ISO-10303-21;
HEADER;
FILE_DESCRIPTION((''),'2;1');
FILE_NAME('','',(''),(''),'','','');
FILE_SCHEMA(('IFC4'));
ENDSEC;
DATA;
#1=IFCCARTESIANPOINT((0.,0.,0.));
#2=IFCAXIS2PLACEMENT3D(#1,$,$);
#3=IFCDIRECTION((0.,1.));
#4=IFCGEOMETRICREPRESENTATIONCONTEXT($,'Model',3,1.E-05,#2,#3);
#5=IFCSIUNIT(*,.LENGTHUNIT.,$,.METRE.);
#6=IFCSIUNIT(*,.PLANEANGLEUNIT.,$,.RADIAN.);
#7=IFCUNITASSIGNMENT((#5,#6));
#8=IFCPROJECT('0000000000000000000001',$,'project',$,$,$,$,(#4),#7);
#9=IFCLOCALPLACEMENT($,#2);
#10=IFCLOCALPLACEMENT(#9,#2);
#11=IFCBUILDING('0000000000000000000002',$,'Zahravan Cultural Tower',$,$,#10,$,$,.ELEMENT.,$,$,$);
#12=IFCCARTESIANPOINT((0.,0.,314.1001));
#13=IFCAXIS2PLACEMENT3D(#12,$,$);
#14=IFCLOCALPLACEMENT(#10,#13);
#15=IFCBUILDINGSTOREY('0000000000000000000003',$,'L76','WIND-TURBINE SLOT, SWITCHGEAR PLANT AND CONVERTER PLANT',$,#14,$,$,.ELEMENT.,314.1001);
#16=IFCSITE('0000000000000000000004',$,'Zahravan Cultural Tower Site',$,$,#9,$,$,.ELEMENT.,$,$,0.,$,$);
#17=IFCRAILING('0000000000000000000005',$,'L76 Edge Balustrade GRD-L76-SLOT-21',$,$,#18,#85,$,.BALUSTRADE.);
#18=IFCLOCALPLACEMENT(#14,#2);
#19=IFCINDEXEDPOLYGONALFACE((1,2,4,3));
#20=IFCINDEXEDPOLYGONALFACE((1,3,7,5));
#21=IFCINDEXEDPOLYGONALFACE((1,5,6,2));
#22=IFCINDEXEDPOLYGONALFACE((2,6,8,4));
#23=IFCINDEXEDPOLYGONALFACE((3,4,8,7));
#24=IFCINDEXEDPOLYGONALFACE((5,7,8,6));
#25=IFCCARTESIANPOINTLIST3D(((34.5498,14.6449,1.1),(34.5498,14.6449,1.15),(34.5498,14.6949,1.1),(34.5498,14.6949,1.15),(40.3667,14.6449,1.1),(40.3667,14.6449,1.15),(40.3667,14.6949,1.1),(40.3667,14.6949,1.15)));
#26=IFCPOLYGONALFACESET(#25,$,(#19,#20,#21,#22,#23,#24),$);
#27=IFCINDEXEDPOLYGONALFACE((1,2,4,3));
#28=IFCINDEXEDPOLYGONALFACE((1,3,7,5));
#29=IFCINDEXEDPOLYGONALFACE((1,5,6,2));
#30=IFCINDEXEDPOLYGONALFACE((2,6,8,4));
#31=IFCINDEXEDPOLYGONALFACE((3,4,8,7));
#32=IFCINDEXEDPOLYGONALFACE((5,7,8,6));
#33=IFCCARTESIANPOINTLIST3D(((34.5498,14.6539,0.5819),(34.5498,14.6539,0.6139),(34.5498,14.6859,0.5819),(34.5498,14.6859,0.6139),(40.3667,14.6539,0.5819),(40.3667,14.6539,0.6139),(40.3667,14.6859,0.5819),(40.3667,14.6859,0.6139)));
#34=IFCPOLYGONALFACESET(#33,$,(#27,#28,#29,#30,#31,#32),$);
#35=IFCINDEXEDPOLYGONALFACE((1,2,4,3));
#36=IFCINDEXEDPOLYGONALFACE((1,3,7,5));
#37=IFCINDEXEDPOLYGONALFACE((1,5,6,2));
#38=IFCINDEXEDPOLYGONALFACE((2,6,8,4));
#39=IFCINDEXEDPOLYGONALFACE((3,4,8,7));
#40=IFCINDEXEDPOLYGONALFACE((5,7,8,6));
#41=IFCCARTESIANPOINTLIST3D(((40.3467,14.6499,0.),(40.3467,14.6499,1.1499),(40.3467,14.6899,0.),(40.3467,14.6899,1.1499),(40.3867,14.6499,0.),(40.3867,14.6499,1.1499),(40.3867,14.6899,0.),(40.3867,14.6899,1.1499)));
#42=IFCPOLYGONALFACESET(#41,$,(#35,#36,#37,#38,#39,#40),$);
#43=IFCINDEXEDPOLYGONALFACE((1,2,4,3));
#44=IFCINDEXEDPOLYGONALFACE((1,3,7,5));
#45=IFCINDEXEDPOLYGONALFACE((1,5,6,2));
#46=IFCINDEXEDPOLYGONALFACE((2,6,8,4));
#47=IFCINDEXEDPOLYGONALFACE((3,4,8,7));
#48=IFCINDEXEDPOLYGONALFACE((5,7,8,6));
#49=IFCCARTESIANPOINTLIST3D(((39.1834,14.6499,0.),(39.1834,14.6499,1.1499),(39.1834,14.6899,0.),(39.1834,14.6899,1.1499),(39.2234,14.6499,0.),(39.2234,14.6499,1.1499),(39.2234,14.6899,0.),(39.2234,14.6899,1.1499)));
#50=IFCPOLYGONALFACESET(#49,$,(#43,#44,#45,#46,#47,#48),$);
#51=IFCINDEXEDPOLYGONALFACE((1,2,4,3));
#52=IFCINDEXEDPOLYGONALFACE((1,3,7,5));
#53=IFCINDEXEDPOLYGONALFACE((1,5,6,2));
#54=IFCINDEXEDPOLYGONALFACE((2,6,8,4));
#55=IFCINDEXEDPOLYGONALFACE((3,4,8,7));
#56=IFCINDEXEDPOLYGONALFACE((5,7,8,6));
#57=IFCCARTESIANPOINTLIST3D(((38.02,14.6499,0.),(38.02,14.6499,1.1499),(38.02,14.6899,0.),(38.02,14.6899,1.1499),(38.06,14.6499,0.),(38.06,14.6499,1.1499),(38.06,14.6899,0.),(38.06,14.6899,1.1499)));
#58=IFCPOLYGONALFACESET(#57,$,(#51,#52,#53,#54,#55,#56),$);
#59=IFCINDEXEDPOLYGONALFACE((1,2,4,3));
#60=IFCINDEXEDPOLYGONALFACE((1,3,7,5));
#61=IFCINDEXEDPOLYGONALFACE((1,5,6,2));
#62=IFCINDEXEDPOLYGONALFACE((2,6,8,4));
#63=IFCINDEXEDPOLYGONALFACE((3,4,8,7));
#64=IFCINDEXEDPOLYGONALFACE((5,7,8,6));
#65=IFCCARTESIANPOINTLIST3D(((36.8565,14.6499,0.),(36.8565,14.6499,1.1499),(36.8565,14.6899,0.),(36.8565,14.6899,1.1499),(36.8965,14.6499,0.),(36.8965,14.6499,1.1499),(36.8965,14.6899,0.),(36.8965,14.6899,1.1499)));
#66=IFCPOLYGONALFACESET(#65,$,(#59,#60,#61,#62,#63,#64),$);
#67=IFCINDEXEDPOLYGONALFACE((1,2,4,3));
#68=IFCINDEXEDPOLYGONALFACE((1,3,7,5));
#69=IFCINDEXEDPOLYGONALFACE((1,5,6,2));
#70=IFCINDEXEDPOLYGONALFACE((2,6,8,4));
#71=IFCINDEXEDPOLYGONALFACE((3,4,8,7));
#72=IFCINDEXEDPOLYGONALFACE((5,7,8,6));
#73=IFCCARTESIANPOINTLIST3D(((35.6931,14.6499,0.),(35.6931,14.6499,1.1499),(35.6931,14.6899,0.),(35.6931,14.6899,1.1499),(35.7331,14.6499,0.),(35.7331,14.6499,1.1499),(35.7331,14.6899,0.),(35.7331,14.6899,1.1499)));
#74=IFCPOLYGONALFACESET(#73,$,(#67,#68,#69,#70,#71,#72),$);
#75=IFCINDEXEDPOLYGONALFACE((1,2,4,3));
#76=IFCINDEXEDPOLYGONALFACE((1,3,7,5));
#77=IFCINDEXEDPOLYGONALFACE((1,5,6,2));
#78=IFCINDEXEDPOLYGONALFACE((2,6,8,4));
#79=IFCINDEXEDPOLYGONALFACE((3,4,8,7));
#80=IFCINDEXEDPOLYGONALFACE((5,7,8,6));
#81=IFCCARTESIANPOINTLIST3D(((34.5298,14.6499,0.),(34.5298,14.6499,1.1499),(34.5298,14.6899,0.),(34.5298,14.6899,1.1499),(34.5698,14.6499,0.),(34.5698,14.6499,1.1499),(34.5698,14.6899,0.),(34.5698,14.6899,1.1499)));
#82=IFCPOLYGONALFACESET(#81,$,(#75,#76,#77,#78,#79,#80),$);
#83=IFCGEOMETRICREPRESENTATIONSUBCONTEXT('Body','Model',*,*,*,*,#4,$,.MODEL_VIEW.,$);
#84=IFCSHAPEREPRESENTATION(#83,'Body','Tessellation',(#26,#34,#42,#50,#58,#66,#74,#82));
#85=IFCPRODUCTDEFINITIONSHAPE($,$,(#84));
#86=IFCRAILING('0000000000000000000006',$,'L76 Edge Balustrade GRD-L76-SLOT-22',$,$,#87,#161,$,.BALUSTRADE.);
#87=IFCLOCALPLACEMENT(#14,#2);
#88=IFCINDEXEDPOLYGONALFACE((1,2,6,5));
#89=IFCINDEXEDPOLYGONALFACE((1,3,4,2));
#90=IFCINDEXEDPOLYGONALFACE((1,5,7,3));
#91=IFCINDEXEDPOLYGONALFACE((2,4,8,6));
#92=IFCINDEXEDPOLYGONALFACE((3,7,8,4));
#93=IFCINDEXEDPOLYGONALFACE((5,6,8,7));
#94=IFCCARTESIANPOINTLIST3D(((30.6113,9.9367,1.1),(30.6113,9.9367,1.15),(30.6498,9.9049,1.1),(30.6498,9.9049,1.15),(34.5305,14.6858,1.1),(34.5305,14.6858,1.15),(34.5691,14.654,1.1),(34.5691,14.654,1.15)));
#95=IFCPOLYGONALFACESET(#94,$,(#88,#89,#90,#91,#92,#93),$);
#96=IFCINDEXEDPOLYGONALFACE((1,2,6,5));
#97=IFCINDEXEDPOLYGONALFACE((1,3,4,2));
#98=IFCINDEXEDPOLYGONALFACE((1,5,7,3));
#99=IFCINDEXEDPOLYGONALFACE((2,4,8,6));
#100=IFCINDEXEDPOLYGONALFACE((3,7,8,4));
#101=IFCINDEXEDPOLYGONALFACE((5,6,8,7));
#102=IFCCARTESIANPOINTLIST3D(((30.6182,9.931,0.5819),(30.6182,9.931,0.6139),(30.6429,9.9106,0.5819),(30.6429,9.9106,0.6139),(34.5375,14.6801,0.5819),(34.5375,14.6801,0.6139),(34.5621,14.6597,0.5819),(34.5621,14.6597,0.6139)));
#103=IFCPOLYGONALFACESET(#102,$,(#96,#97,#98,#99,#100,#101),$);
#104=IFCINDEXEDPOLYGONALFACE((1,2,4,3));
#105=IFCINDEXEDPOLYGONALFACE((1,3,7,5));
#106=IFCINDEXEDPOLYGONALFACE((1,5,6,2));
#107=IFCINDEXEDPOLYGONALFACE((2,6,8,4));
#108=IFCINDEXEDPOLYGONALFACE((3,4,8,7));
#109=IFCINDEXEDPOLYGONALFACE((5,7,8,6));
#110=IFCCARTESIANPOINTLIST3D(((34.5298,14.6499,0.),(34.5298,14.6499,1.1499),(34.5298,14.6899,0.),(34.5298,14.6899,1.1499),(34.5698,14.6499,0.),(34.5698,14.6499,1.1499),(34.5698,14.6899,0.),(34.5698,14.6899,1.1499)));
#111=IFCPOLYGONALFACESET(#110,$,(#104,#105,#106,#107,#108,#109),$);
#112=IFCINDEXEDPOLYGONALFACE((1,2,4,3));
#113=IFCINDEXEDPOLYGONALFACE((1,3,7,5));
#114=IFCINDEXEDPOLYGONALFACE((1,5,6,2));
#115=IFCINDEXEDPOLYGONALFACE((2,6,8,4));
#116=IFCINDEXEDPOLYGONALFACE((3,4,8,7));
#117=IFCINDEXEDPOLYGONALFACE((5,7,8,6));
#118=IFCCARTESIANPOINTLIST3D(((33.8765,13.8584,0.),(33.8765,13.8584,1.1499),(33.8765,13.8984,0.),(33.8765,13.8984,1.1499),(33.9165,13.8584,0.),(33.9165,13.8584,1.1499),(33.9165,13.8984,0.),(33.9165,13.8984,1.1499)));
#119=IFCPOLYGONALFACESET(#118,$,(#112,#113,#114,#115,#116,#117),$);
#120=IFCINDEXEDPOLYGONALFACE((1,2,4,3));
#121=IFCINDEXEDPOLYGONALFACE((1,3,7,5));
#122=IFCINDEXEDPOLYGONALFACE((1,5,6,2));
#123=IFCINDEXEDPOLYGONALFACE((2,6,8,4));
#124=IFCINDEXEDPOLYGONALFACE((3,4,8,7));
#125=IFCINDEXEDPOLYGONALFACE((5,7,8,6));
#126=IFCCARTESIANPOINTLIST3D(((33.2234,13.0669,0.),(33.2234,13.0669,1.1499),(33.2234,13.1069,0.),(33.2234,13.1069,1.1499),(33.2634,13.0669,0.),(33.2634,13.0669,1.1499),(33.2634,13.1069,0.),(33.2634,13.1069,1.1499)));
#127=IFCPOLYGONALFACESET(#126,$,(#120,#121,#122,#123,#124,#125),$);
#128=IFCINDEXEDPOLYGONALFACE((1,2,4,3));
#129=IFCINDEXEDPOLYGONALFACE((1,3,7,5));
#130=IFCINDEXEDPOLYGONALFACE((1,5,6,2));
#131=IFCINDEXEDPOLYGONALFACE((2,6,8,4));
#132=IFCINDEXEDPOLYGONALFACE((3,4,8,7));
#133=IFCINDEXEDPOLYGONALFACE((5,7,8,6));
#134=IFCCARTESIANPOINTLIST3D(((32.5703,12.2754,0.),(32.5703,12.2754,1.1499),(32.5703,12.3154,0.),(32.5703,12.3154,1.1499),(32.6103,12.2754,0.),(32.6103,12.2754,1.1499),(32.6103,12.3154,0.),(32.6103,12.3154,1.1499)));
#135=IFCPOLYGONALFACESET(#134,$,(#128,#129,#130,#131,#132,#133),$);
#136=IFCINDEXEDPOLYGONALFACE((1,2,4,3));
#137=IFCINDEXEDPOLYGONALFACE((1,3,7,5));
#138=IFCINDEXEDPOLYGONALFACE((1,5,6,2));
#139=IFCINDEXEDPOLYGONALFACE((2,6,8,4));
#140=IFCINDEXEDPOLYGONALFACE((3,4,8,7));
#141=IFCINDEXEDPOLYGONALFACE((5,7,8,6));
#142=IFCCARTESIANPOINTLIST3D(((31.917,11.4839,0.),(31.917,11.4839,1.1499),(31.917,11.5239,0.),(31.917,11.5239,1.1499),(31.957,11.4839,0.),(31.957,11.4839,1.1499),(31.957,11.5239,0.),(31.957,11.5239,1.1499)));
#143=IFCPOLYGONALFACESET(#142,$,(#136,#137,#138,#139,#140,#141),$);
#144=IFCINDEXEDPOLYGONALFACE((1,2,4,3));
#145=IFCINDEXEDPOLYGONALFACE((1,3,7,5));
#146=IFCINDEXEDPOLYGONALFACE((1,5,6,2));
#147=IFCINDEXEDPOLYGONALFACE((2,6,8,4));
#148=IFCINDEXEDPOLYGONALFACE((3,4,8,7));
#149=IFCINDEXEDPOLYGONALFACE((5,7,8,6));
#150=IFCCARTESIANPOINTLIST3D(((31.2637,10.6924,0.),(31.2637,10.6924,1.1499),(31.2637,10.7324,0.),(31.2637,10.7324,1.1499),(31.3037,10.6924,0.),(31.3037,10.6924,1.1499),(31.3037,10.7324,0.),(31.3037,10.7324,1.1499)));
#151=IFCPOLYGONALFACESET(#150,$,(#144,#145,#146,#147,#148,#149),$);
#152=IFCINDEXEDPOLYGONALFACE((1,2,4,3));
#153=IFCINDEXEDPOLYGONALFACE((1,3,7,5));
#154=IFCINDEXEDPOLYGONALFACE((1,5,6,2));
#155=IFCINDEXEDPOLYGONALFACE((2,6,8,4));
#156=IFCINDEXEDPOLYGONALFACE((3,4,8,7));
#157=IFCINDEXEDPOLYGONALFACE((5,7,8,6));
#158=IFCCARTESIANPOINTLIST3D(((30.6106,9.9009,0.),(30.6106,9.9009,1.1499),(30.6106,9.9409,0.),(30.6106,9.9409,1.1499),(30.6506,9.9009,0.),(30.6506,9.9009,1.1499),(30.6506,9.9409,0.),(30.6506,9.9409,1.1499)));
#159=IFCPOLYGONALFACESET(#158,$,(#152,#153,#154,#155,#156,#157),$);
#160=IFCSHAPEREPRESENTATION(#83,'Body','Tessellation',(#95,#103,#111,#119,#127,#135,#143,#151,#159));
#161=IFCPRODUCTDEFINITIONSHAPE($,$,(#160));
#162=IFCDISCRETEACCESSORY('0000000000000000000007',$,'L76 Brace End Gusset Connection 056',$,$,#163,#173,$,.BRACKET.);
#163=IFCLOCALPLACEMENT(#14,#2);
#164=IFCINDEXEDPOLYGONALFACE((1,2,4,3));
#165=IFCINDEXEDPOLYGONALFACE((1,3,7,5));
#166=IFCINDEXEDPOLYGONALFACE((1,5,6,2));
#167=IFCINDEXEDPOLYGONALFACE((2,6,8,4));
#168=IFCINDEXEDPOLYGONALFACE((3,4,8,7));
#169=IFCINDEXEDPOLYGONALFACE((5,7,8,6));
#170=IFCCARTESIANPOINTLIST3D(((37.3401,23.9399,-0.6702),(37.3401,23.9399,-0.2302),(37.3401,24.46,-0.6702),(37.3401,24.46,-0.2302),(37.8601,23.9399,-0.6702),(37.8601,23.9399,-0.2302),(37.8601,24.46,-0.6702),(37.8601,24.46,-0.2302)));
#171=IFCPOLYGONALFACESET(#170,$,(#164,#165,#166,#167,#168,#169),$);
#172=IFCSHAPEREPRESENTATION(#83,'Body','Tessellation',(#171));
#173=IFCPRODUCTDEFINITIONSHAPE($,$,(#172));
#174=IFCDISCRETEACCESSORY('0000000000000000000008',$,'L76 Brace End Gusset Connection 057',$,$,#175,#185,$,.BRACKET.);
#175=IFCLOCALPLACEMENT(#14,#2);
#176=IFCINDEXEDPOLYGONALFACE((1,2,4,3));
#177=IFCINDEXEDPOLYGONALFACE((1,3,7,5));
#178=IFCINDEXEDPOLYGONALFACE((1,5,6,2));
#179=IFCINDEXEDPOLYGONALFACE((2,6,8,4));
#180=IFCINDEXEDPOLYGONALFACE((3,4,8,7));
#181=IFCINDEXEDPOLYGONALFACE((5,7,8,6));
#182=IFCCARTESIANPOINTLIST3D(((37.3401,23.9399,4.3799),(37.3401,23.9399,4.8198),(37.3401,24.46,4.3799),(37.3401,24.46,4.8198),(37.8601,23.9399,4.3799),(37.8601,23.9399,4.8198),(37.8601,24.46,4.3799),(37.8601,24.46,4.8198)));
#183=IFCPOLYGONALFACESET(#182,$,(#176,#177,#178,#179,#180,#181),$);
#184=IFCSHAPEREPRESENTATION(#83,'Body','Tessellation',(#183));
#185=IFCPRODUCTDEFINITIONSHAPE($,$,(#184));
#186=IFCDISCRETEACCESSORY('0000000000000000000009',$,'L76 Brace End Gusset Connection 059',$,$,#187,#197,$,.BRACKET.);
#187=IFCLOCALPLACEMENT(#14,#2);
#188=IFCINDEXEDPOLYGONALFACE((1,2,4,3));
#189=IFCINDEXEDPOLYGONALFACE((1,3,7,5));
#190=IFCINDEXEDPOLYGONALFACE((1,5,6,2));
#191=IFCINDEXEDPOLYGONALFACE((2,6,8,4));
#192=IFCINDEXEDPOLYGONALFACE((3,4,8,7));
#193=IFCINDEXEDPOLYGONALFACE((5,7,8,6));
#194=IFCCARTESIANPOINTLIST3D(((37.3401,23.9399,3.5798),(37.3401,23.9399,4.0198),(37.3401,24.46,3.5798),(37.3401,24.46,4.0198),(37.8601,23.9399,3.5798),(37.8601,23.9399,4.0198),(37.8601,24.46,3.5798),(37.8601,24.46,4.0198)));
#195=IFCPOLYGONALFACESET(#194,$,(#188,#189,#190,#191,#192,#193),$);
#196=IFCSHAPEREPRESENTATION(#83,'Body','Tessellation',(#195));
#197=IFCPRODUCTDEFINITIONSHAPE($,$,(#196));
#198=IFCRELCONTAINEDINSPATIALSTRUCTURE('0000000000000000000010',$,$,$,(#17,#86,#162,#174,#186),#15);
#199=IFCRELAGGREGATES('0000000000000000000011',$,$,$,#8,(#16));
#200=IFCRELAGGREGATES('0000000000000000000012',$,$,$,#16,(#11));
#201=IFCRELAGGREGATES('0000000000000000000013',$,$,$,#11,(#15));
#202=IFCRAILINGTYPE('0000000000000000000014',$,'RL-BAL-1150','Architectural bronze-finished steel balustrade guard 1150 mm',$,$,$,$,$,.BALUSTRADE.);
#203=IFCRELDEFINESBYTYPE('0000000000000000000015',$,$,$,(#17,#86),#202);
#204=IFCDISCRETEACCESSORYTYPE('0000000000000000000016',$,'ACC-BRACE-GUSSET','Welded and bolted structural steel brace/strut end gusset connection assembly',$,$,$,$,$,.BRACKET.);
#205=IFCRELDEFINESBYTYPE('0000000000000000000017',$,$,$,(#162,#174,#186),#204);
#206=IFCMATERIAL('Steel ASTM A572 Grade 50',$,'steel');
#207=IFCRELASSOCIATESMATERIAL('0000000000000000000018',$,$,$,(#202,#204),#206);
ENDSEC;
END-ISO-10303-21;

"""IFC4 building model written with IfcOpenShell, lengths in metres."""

from ifc_helpers import new_model, si_unit, direction, frame, origin, origin_2d, place, context, subcontext, project, spatial, rectangle, extrude, source, transform, mapped, material, type_object, element, save


model = new_model("IFC4")

# Units and contexts
model_context = context("Model", 3, precision=1e-05, world=origin(), true_north=direction((0.0, 1.0)))
body_context = subcontext(model_context, "Body", "Model", "MODEL_VIEW")
ifc_project = project(units=[si_unit("LENGTHUNIT", "METRE"), si_unit("PLANEANGLEUNIT", "RADIAN")], contexts=[model_context])

# Site, building, storey
site_placement = place(None, origin())
site = spatial("IfcSite", under=ifc_project, at=site_placement, Name="Zahravan Cultural Tower Site", CompositionType="ELEMENT", RefElevation=0.0)
building_placement = place(site_placement, origin())
building = spatial("IfcBuilding", under=site, at=building_placement, Name="Zahravan Cultural Tower", CompositionType="ELEMENT")
storey_placement = place(building_placement, frame((0.0, 0.0, 314.1001)))
storey = spatial("IfcBuildingStorey", under=building, at=storey_placement, Name="L76", Description="WIND-TURBINE SLOT, SWITCHGEAR PLANT AND CONVERTER PLANT", CompositionType="ELEMENT", Elevation=314.1001)

# Shared definitions
ifc_material_1 = material(Name="Steel ASTM A572 Grade 50", Category="steel")

# Railings
railing_type = type_object("IfcRailingType", Name="RL-BAL-1150", Description="Architectural bronze-finished steel balustrade guard 1150 mm", PredefinedType="BALUSTRADE", material=ifc_material_1)
railing_1_placement = place(storey_placement, frame((40.3667, 14.6699, 0.0)))
element("IfcRailing", 1, at=railing_1_placement, inside=storey, type_object=railing_type, Name="L76 Edge Balustrade GRD-L76-SLOT-21", PredefinedType="BALUSTRADE", context=body_context, shape_type="SweptSolid", body=[
    extrude(rectangle(XDim=0.05, YDim=0.05, at=origin_2d()), frame((0.0, 0.0, 1.125), z_axis=(-1.0, 0.0, 0.0), x_axis=(0.0, -1.0, 0.0)), (0.0, 0.0, 1.0), 5.8169),
    extrude(rectangle(XDim=0.032, YDim=0.032, at=origin_2d()), frame((0.0, 0.0, 0.5979), z_axis=(-1.0, 0.0, 0.0), x_axis=(0.0, -1.0, 0.0)), (0.0, 0.0, 1.0), 5.8169),
    extrude(rectangle(XDim=0.04, YDim=0.04, at=origin_2d()), origin(), (0.0, 0.0, 1.0), 1.1499),
    extrude(rectangle(XDim=0.04, YDim=0.04, at=origin_2d()), frame((-1.1633, 0.0, 0.0)), (0.0, 0.0, 1.0), 1.1499),
    extrude(rectangle(XDim=0.04, YDim=0.04, at=origin_2d()), frame((-2.3267, 0.0, 0.0)), (0.0, 0.0, 1.0), 1.1499),
    extrude(rectangle(XDim=0.04, YDim=0.04, at=origin_2d()), frame((-3.4902, 0.0, 0.0)), (0.0, 0.0, 1.0), 1.1499),
    extrude(rectangle(XDim=0.04, YDim=0.04, at=origin_2d()), frame((-4.6536, 0.0, 0.0)), (0.0, 0.0, 1.0), 1.1499),
    extrude(rectangle(XDim=0.04, YDim=0.04, at=origin_2d()), frame((-5.8169, 0.0, 0.0)), (0.0, 0.0, 1.0), 1.1499),
])
railing_2_placement = place(storey_placement, frame((34.5498, 14.6699, 0.0)))
element("IfcRailing", 2, at=railing_2_placement, inside=storey, type_object=railing_type, Name="L76 Edge Balustrade GRD-L76-SLOT-22", PredefinedType="BALUSTRADE", context=body_context, shape_type="SweptSolid", body=[
    extrude(rectangle(XDim=0.05, YDim=0.05, at=origin_2d()), frame((0.0, 0.0, 1.125), z_axis=(-0.636503, -0.771274, 0.0), x_axis=(0.771274, -0.636503, 0.0)), (0.0, 0.0, 1.0), 6.1575),
    extrude(rectangle(XDim=0.032, YDim=0.032, at=origin_2d()), frame((0.0, 0.0, 0.5979), z_axis=(-0.636503, -0.771274, 0.0), x_axis=(0.771274, -0.636503, 0.0)), (0.0, 0.0, 1.0), 6.1575),
    extrude(rectangle(XDim=0.04, YDim=0.04, at=origin_2d()), origin(), (0.0, 0.0, 1.0), 1.1499),
    extrude(rectangle(XDim=0.04, YDim=0.04, at=origin_2d()), frame((-0.6533, -0.7915, 0.0)), (0.0, 0.0, 1.0), 1.1499),
    extrude(rectangle(XDim=0.04, YDim=0.04, at=origin_2d()), frame((-1.3064, -1.583, 0.0)), (0.0, 0.0, 1.0), 1.1499),
    extrude(rectangle(XDim=0.04, YDim=0.04, at=origin_2d()), frame((-1.9595, -2.3745, 0.0)), (0.0, 0.0, 1.0), 1.1499),
    extrude(rectangle(XDim=0.04, YDim=0.04, at=origin_2d()), frame((-2.6128, -3.166, 0.0)), (0.0, 0.0, 1.0), 1.1499),
    extrude(rectangle(XDim=0.04, YDim=0.04, at=origin_2d()), frame((-3.2661, -3.9575, 0.0)), (0.0, 0.0, 1.0), 1.1499),
    extrude(rectangle(XDim=0.04, YDim=0.04, at=origin_2d()), frame((-3.9192, -4.749, 0.0)), (0.0, 0.0, 1.0), 1.1499),
])

# Discrete accessories
discrete_accessory_type = type_object("IfcDiscreteAccessoryType", Name="ACC-BRACE-GUSSET", Description="Welded and bolted structural steel brace/strut end gusset connection assembly", PredefinedType="BRACKET", material=ifc_material_1)
shared_shape_1 = source(origin(), body_context, "Body", "SweptSolid", [
    extrude(rectangle(XDim=0.52, YDim=0.52, at=origin_2d()), origin(), (0.0, 0.0, 1.0), 0.4399),
])
for number, where, z_axis, x_axis, name in (
    (3, (37.6001, 24.2, -0.6702), (0.0, 0.0, 1.0), (1.0, 0.0, 0.0), "L76 Brace End Gusset Connection 056"),
    (4, (37.6001, 24.2, 4.3799), (0.0, 0.0, 1.0), (1.0, 0.0, 0.0), "L76 Brace End Gusset Connection 057"),
    (5, (37.6001, 24.2, 3.5798), (0.0, 0.0, 1.0), (1.0, 0.0, 0.0), "L76 Brace End Gusset Connection 059"),
):
    element("IfcDiscreteAccessory", number, at=place(storey_placement, frame(where, z_axis=z_axis, x_axis=x_axis)), inside=storey, type_object=discrete_accessory_type, Name=name, PredefinedType="BRACKET", context=body_context, shape_type="MappedRepresentation", body=[
        mapped(shared_shape_1, transform((0.0, 0.0, 0.0), x_axis=(1.0, 0.0, 0.0), y_axis=(0.0, 1.0, 0.0), z_axis=(0.0, 0.0, 1.0), scale=1.0)),
    ])

save(model, "model.ifc")
